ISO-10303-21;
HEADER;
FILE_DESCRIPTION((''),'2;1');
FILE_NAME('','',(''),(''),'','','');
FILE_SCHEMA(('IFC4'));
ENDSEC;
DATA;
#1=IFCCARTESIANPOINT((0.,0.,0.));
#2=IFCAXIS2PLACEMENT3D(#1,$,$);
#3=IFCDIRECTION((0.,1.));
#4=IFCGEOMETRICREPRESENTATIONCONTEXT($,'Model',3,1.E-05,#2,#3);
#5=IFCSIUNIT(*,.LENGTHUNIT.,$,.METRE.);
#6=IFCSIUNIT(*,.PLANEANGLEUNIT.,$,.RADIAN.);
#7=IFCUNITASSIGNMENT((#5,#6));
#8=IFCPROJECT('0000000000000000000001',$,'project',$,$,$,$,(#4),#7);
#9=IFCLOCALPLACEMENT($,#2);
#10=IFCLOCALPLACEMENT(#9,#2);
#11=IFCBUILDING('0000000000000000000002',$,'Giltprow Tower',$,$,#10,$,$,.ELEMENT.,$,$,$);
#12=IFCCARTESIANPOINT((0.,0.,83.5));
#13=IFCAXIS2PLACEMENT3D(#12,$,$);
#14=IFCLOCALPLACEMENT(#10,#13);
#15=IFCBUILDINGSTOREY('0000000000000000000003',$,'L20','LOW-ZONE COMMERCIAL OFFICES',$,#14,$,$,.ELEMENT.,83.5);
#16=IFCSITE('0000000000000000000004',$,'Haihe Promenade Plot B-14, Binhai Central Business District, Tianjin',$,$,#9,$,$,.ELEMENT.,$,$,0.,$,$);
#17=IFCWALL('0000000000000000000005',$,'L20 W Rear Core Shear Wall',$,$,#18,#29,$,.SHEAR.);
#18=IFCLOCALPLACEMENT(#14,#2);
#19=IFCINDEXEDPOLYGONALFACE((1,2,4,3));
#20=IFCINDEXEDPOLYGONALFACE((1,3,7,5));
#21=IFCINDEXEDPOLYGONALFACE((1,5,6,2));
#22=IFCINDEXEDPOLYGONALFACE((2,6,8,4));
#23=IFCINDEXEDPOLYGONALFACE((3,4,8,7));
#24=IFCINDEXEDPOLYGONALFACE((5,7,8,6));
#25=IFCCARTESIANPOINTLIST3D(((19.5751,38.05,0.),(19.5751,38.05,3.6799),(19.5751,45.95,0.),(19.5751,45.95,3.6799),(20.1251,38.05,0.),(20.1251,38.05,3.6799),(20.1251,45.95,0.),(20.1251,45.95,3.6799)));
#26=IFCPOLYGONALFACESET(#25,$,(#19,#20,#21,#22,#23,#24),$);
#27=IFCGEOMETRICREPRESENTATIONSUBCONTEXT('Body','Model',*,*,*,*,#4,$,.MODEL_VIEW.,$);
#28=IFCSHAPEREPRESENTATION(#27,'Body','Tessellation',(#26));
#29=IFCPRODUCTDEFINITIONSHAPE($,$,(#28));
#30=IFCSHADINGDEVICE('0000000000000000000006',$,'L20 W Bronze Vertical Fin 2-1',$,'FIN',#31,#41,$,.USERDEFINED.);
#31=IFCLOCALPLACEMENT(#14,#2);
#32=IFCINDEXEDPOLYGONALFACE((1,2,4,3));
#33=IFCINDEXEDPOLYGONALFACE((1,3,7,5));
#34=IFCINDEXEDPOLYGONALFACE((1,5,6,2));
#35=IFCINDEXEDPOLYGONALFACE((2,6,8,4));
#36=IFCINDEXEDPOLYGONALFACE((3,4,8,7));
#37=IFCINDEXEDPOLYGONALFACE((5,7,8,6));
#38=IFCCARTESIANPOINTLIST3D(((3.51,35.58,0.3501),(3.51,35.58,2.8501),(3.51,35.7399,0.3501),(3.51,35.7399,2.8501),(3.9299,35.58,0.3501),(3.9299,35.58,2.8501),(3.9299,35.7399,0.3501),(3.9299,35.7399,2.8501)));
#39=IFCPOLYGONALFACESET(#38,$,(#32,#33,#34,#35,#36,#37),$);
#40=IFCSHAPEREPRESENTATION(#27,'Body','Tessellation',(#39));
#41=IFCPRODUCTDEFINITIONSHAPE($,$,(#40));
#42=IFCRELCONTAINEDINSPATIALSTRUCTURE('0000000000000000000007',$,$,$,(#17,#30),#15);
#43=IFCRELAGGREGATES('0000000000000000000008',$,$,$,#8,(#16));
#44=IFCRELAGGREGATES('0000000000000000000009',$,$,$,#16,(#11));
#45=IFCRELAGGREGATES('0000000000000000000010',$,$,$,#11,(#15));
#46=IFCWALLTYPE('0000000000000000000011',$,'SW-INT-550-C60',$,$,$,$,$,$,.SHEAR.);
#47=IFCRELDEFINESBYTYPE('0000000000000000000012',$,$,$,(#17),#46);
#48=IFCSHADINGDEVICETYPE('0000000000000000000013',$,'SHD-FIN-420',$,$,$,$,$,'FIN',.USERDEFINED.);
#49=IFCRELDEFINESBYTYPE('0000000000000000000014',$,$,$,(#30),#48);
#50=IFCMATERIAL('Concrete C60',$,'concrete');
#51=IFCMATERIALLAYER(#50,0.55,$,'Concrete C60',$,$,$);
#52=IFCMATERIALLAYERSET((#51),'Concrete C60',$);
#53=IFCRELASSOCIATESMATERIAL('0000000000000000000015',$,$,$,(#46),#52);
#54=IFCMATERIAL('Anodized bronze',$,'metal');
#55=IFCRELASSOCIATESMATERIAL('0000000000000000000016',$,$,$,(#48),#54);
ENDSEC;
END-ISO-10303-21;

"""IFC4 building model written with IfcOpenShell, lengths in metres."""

from ifc_helpers import new_model, si_unit, direction, frame, frame_2d, origin, origin_2d, place, context, subcontext, project, spatial, rectangle, extrude, source, transform, mapped, material, layer, layer_set, type_object, element, save


model = new_model("IFC4")

# Units and contexts
model_context = context("Model", 3, precision=1e-05, world=origin(), true_north=direction((0.0, 1.0)))
body_context = subcontext(model_context, "Body", "Model", "MODEL_VIEW")
ifc_project = project(units=[si_unit("LENGTHUNIT", "METRE"), si_unit("PLANEANGLEUNIT", "RADIAN")], contexts=[model_context])

# Site, building, storey
site_placement = place(None, origin())
site = spatial("IfcSite", under=ifc_project, at=site_placement, Name="Haihe Promenade Plot B-14, Binhai Central Business District, Tianjin", CompositionType="ELEMENT", RefElevation=0.0)
building_placement = place(site_placement, origin())
building = spatial("IfcBuilding", under=site, at=building_placement, Name="Giltprow Tower", CompositionType="ELEMENT")
storey_placement = place(building_placement, frame((0.0, 0.0, 83.5)))
storey = spatial("IfcBuildingStorey", under=building, at=storey_placement, Name="L20", Description="LOW-ZONE COMMERCIAL OFFICES", CompositionType="ELEMENT", Elevation=83.5)

# Shared definitions
ifc_material_1 = material(Name="Concrete C60", Category="concrete")

# Wall
ifc_layer_1 = layer(ifc_material_1, 0.55, Name="Concrete C60")
ifc_layer_set_1 = layer_set([ifc_layer_1], Name="Concrete C60")
wall_type_1 = type_object("IfcWallType", Name="SW-INT-550-C60", PredefinedType="SHEAR", material=ifc_layer_set_1)
wall_1_placement = place(storey_placement, frame((19.8501, 38.05, 0.0), z_axis=(0.0, 0.0, 1.0), x_axis=(0.0, 1.0, 0.0)))
element("IfcWall", 1, at=wall_1_placement, inside=storey, type_object=wall_type_1, Name="L20 W Rear Core Shear Wall", PredefinedType="SHEAR", context=body_context, shape_type="SweptSolid", body=[
    extrude(rectangle(XDim=7.8999, YDim=0.55, at=frame_2d((3.95, 0.0))), origin(), (0.0, 0.0, 1.0), 3.6799),
])

# Shading device
ifc_material_2 = material(Name="Anodized bronze", Category="metal")
shading_device_type = type_object("IfcShadingDeviceType", Name="SHD-FIN-420", ElementType="FIN", PredefinedType="USERDEFINED", material=ifc_material_2)
shared_shape_1 = source(origin(), body_context, "Body", "SweptSolid", [
    extrude(rectangle(XDim=0.4199, YDim=0.1599, at=origin_2d()), origin(), (0.0, 0.0, 1.0), 2.5),
])
shading_device_placement = place(storey_placement, frame((3.72, 35.6599, 0.3501), z_axis=(0.0, 0.0, 1.0), x_axis=(1.0, 0.0, 0.0)))
element("IfcShadingDevice", 2, at=shading_device_placement, inside=storey, type_object=shading_device_type, Name="L20 W Bronze Vertical Fin 2-1", ObjectType="FIN", PredefinedType="USERDEFINED", context=body_context, shape_type="MappedRepresentation", body=[
    mapped(shared_shape_1, transform((0.0, 0.0, 0.0), x_axis=(1.0, 0.0, 0.0), y_axis=(0.0, 1.0, 0.0), z_axis=(0.0, 0.0, 1.0), scale=1.0)),
])

save(model, "model.ifc")
